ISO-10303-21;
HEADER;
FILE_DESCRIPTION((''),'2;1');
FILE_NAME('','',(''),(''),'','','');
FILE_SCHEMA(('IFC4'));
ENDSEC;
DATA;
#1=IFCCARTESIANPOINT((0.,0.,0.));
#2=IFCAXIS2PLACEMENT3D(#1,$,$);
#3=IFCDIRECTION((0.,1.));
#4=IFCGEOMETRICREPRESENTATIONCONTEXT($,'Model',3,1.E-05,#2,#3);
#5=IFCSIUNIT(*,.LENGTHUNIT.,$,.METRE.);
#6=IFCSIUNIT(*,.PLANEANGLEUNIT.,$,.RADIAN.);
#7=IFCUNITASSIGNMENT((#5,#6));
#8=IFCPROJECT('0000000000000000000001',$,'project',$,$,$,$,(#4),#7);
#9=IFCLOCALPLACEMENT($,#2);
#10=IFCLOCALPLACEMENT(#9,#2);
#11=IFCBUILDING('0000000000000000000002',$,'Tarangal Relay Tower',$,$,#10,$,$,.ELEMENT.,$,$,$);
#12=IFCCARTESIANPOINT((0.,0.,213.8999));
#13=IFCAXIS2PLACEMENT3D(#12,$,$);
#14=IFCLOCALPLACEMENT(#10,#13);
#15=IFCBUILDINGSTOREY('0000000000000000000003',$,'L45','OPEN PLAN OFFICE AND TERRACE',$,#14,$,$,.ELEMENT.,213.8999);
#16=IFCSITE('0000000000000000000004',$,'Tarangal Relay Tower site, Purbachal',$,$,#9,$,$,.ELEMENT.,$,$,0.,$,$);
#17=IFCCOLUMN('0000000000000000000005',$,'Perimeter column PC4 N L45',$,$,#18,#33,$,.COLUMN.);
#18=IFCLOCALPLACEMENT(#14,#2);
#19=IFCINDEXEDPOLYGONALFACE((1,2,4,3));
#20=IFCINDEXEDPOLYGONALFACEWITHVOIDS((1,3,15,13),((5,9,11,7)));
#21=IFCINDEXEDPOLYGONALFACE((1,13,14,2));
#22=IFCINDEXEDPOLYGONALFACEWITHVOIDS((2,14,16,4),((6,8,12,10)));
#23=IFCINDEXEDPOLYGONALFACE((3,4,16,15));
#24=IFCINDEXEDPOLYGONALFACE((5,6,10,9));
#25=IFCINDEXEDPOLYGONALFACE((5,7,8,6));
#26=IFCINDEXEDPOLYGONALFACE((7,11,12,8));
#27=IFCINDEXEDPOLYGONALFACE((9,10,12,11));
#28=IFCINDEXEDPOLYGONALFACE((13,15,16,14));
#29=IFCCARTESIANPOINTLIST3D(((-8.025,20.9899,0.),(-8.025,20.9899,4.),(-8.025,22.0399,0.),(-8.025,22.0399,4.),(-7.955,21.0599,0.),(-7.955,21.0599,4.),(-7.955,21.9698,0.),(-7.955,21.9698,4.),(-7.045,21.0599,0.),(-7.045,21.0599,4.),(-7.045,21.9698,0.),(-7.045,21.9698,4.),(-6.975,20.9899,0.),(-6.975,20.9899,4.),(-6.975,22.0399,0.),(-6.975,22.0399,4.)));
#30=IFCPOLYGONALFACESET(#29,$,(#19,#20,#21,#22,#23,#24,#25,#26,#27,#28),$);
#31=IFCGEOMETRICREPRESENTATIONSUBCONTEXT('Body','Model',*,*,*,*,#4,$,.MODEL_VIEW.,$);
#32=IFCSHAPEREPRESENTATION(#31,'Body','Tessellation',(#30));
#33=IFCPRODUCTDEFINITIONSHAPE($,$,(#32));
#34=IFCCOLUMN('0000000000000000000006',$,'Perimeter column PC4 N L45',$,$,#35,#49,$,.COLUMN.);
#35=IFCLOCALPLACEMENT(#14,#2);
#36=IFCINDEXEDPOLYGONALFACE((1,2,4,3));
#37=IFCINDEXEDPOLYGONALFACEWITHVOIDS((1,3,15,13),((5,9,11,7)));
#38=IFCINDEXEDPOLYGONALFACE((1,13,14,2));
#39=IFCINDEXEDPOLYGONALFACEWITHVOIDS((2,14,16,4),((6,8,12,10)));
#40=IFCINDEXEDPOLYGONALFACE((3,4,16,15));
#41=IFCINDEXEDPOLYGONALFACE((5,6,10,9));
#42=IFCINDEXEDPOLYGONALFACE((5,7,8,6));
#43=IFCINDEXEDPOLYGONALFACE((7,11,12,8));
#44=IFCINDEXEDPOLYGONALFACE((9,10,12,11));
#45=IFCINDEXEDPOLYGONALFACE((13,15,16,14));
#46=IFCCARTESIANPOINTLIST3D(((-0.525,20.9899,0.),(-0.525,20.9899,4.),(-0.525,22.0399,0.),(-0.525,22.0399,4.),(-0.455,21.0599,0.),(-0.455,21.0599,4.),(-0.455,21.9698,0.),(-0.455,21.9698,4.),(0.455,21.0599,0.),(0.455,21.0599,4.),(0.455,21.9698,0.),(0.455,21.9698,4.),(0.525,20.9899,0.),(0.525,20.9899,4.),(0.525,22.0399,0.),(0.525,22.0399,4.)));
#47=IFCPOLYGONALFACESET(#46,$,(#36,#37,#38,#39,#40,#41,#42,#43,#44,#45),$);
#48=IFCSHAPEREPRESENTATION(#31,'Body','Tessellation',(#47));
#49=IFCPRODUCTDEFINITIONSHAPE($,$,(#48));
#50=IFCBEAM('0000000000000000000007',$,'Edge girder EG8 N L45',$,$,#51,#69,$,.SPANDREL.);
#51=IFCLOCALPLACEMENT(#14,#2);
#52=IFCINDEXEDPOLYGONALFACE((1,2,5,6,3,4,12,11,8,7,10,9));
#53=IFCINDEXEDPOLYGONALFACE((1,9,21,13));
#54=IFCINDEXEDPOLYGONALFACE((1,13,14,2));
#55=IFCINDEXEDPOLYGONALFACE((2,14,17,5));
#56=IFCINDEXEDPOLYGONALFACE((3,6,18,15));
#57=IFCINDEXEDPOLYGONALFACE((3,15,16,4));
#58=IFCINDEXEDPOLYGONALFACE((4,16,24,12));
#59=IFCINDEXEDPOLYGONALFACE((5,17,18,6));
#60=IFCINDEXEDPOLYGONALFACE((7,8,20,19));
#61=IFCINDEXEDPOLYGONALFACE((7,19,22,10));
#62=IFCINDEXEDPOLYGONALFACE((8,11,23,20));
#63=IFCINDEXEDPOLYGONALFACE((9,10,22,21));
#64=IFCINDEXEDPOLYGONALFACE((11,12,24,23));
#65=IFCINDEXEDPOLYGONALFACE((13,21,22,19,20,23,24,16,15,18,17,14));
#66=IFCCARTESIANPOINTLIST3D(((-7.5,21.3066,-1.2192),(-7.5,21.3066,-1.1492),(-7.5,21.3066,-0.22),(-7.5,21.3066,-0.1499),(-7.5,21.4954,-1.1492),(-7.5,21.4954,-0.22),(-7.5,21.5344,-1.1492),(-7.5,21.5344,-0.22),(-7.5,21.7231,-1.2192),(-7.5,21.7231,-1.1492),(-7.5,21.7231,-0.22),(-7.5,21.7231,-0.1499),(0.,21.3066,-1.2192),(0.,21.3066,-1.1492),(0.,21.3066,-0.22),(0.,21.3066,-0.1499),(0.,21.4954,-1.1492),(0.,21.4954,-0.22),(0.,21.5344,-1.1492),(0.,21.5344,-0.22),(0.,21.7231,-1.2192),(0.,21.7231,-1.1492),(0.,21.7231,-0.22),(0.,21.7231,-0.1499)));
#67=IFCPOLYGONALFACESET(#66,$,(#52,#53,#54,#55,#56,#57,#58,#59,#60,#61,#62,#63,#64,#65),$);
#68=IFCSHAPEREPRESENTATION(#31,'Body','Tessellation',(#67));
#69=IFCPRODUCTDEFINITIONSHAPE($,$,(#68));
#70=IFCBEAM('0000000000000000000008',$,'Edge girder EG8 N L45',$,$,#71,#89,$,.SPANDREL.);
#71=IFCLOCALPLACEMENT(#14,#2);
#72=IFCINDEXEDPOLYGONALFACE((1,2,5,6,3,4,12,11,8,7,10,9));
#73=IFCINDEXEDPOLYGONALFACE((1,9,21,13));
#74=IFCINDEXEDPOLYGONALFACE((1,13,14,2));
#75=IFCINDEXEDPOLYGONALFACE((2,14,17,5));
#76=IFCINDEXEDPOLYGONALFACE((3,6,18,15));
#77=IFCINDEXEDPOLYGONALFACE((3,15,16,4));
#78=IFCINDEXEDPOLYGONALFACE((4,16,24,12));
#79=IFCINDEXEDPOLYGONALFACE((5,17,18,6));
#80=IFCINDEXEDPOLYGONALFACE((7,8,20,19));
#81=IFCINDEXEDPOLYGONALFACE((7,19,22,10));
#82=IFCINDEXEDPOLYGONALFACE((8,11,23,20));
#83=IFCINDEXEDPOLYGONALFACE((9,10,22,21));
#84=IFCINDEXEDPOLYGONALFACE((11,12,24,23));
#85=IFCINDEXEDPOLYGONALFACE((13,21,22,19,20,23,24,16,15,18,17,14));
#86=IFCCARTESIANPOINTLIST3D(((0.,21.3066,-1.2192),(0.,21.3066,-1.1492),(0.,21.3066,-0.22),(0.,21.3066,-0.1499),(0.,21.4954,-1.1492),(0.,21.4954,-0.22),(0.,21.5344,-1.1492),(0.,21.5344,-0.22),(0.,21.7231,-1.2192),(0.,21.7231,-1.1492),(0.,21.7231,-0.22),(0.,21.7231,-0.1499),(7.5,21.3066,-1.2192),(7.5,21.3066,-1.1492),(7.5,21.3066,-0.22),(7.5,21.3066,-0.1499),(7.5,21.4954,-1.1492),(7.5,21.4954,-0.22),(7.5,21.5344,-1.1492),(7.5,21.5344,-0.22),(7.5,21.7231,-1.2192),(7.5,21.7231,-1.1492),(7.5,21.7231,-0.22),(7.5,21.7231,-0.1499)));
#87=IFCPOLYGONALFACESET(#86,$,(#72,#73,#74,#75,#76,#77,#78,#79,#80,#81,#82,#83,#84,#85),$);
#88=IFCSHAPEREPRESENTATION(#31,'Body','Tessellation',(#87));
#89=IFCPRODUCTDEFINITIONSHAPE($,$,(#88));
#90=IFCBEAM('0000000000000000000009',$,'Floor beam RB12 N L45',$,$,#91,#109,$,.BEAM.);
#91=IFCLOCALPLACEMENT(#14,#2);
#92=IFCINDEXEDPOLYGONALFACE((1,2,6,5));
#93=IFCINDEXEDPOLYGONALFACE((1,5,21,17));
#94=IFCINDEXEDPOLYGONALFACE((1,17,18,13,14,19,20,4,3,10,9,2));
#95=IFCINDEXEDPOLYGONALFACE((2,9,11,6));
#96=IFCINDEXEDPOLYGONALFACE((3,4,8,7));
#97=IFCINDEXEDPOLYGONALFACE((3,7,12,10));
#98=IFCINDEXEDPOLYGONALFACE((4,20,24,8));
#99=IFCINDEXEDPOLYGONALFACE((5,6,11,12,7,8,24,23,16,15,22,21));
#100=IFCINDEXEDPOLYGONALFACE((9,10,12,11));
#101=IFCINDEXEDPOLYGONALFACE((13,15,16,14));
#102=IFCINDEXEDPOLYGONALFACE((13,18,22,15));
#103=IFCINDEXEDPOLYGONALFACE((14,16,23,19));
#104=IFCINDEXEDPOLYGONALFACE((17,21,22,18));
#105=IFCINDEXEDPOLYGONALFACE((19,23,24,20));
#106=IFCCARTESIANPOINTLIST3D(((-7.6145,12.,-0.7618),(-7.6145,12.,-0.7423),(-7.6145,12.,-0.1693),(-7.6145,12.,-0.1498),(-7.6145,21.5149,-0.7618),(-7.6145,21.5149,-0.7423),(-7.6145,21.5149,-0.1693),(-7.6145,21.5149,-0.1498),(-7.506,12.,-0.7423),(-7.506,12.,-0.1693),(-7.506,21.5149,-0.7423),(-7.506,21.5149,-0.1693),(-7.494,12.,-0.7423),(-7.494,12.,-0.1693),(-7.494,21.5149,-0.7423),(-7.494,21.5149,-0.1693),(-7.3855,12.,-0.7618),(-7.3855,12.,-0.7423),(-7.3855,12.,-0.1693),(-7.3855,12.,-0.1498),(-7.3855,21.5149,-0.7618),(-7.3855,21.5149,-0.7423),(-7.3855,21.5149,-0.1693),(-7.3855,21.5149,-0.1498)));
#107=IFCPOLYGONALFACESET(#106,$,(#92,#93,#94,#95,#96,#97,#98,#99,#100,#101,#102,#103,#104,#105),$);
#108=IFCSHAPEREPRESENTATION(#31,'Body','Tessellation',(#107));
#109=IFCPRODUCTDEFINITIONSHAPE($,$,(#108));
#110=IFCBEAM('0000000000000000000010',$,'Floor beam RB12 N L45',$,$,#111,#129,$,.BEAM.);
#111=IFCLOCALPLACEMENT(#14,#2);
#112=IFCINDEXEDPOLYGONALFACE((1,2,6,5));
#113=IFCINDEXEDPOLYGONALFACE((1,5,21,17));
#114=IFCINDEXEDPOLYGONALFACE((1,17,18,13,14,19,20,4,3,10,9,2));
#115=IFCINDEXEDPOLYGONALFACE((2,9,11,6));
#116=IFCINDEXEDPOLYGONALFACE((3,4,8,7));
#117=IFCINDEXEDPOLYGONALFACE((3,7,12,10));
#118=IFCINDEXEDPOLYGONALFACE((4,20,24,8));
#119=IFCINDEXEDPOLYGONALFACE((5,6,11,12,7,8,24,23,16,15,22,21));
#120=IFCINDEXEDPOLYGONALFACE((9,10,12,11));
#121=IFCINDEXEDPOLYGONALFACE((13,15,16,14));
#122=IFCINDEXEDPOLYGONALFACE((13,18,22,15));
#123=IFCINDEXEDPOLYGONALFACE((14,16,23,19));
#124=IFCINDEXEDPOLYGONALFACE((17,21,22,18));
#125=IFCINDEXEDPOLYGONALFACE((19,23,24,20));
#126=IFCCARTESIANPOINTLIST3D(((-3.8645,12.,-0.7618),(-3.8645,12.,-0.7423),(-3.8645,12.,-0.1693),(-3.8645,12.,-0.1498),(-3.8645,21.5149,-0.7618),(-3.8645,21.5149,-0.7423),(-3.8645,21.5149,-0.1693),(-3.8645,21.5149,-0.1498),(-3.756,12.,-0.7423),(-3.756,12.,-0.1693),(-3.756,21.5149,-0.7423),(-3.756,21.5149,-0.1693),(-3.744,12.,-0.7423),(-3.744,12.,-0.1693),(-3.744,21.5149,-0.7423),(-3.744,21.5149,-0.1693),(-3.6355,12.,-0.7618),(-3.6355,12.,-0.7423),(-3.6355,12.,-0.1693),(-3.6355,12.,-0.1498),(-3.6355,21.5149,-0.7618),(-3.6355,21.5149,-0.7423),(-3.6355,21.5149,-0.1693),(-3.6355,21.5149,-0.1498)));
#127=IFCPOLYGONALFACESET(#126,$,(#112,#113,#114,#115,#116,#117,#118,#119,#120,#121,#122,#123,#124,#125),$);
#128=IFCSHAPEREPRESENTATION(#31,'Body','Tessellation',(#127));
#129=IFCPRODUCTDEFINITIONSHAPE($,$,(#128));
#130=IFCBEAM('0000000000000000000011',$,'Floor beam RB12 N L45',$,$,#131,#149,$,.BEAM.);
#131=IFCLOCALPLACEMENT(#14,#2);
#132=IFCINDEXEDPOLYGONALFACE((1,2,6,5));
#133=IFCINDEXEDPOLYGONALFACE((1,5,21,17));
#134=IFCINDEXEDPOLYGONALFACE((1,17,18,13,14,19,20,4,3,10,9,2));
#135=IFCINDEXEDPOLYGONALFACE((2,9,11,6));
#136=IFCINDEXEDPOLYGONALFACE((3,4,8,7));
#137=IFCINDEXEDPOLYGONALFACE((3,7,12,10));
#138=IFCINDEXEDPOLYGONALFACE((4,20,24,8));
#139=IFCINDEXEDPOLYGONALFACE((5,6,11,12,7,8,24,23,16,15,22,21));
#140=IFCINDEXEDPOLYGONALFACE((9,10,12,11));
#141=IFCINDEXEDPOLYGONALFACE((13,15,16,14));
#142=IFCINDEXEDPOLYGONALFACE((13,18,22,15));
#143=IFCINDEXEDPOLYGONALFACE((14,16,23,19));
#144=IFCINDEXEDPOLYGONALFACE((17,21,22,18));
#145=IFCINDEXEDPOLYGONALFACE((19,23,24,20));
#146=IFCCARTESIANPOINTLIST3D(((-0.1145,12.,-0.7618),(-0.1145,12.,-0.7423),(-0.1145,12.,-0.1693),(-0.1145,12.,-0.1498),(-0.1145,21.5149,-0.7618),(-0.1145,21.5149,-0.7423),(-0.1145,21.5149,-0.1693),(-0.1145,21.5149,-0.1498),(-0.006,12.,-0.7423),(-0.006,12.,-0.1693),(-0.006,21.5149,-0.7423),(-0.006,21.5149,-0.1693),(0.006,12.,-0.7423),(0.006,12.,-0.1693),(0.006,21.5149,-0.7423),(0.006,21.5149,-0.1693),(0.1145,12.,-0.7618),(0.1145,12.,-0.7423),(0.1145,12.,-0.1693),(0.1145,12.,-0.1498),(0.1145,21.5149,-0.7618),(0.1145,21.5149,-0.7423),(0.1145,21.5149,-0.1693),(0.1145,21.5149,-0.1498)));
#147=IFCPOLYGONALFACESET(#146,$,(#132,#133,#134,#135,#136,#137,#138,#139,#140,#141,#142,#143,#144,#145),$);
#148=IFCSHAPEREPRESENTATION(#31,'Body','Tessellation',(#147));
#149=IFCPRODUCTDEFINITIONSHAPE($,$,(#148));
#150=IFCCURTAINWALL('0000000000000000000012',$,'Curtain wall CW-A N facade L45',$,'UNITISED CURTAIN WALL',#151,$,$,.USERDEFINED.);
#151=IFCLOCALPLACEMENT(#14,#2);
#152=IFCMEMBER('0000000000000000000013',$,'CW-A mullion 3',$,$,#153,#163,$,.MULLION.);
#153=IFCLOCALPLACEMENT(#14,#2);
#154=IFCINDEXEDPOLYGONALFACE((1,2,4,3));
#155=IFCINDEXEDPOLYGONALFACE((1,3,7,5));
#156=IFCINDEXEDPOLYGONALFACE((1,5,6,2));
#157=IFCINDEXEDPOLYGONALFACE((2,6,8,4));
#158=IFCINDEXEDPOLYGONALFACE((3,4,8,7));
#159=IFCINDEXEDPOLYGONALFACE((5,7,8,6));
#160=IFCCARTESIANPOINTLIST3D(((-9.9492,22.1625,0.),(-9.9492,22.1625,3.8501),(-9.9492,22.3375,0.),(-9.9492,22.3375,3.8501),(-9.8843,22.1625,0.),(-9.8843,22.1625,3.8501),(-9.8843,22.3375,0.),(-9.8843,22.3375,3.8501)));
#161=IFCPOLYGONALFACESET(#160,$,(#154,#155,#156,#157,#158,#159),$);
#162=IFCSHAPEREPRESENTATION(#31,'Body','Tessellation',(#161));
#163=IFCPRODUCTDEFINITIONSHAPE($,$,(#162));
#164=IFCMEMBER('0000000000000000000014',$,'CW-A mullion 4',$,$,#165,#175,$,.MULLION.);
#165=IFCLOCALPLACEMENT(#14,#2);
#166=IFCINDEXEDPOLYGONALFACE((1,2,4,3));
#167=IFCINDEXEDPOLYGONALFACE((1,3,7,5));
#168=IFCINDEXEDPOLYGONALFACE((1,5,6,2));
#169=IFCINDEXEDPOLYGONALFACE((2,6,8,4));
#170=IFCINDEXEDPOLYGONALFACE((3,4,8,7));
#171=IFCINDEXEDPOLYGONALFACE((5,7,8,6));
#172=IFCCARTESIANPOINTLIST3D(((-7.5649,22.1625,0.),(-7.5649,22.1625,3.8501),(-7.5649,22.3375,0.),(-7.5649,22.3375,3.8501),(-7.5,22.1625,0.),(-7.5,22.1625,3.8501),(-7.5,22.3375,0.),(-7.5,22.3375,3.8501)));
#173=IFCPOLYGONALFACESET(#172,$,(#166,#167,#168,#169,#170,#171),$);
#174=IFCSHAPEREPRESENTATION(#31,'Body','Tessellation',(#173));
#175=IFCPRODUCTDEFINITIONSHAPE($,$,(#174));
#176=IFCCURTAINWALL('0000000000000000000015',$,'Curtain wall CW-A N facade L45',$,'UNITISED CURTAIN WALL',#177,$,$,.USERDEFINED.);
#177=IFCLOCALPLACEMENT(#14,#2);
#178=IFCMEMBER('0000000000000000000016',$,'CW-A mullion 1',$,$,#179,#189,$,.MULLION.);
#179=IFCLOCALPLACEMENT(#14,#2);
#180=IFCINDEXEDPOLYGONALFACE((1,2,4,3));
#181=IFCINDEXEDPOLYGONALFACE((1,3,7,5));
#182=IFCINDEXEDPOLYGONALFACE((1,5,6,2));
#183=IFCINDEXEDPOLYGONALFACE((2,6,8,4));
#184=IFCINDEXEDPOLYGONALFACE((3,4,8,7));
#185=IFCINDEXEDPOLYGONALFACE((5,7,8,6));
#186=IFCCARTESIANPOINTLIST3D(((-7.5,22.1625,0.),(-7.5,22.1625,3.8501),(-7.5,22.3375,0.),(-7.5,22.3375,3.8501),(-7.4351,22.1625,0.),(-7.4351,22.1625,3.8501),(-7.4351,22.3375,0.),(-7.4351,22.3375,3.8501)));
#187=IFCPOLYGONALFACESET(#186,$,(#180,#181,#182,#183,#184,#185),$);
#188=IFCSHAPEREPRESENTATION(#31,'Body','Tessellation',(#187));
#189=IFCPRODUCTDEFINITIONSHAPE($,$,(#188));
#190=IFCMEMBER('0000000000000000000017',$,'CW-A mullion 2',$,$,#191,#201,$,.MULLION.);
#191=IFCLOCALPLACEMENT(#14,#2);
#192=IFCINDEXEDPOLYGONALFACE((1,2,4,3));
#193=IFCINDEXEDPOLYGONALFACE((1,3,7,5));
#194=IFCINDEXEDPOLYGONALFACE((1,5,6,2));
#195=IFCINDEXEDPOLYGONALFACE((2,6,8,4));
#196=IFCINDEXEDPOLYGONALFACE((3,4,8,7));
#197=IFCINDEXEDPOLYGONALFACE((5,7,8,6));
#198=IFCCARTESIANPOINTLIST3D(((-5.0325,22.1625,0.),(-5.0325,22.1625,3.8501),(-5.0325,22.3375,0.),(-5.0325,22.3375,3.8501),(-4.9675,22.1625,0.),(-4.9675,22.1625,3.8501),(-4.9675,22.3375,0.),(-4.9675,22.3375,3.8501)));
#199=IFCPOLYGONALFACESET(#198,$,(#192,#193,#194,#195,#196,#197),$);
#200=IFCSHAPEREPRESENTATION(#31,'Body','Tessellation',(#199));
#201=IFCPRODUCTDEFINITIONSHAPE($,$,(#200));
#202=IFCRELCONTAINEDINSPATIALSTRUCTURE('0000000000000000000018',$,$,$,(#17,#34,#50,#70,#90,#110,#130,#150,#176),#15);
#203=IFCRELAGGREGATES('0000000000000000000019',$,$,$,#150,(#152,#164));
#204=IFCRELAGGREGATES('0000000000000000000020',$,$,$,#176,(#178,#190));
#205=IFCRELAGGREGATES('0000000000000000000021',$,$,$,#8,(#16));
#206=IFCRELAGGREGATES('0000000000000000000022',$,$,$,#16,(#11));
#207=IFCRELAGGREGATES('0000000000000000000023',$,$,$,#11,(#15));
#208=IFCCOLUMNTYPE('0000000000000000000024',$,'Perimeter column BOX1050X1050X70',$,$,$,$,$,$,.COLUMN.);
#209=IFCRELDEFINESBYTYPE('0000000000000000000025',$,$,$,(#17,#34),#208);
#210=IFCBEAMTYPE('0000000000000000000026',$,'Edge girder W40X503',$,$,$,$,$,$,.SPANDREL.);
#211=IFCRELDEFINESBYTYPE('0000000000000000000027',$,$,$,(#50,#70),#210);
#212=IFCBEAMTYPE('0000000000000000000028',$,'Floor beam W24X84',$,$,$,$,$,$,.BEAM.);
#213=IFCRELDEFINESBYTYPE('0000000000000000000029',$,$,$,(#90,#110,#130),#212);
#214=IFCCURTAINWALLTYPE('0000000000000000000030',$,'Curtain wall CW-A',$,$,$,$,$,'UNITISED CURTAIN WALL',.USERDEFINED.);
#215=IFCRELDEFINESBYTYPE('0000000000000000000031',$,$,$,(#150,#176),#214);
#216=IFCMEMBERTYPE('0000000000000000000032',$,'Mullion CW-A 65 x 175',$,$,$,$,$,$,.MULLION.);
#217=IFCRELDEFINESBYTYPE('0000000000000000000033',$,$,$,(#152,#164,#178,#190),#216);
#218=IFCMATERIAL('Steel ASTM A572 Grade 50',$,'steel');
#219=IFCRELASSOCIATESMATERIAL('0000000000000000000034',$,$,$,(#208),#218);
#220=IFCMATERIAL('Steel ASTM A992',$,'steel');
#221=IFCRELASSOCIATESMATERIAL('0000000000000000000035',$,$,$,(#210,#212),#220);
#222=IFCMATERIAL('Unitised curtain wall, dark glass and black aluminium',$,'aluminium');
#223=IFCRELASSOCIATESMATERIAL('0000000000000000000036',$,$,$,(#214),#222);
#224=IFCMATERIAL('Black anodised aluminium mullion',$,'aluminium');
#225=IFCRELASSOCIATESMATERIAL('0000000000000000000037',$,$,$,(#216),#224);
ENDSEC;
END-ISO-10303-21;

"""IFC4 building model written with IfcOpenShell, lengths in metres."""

from ifc_helpers import new_model, si_unit, direction, frame, origin, origin_2d, place, context, subcontext, project, spatial, rectangle, hollow_rectangle, i_section, extrude, material, material_profile, profile_set, type_object, element, aggregate, save


model = new_model("IFC4")

# Units and contexts
model_context = context("Model", 3, precision=1e-05, world=origin(), true_north=direction((0.0, 1.0)))
body_context = subcontext(model_context, "Body", "Model", "MODEL_VIEW")
ifc_project = project(units=[si_unit("LENGTHUNIT", "METRE"), si_unit("PLANEANGLEUNIT", "RADIAN")], contexts=[model_context])

# Site, building, storey
site_placement = place(None, origin())
site = spatial("IfcSite", under=ifc_project, at=site_placement, Name="Tarangal Relay Tower site, Purbachal", CompositionType="ELEMENT", RefElevation=0.0)
building_placement = place(site_placement, origin())
building = spatial("IfcBuilding", under=site, at=building_placement, Name="Tarangal Relay Tower", CompositionType="ELEMENT")
storey_placement = place(building_placement, frame((0.0, 0.0, 213.8999)))
storey = spatial("IfcBuildingStorey", under=building, at=storey_placement, Name="L45", Description="OPEN PLAN OFFICE AND TERRACE", CompositionType="ELEMENT", Elevation=213.8999)

# Columns
ifc_material_1 = material(Name="Steel ASTM A572 Grade 50", Category="steel")
ifc_material_profile_1 = material_profile(ifc_material_1, hollow_rectangle(XDim=1.05, YDim=1.05, WallThickness=0.0701, at=origin_2d()), Name="BOX1050X1050X70")
ifc_profile_set_1 = profile_set([ifc_material_profile_1], Name="Steel ASTM A572 Grade 50")
column_type = type_object("IfcColumnType", Name="Perimeter column BOX1050X1050X70", PredefinedType="COLUMN", material=ifc_profile_set_1)
for number, where, z_axis, x_axis, name in (
    (1, (-7.5, 21.5149, 0.0), (0.0, 0.0, 1.0), (1.0, 0.0, 0.0), "Perimeter column PC4 N L45"),
    (2, (0.0, 21.5149, 0.0), (0.0, 0.0, 1.0), (1.0, 0.0, 0.0), "Perimeter column PC4 N L45"),
):
    element("IfcColumn", number, at=place(storey_placement, frame(where, z_axis=z_axis, x_axis=x_axis)), inside=storey, type_object=column_type, Name=name, PredefinedType="COLUMN", context=body_context, shape_type="SweptSolid", body=[
        extrude(hollow_rectangle(XDim=1.05, YDim=1.05, WallThickness=0.0701, at=origin_2d()), origin(), (0.0, 0.0, 1.0), 4.0),
    ])

# Beams
ifc_material_2 = material(Name="Steel ASTM A992", Category="steel")
ifc_material_profile_2 = material_profile(ifc_material_2, i_section(OverallWidth=0.4165, OverallDepth=1.0693, WebThickness=0.0391, FlangeThickness=0.0701, at=origin_2d()), Name="W40X503")
ifc_profile_set_2 = profile_set([ifc_material_profile_2], Name="Steel ASTM A992")
beam_type_1 = type_object("IfcBeamType", Name="Edge girder W40X503", PredefinedType="SPANDREL", material=ifc_profile_set_2)
for number, where, z_axis, x_axis, name in (
    (3, (-7.5, 21.5149, -0.6846), (1.0, 0.0, 0.0), (0.0, 1.0, 0.0), "Edge girder EG8 N L45"),
    (4, (0.0, 21.5149, -0.6846), (1.0, 0.0, 0.0), (0.0, 1.0, 0.0), "Edge girder EG8 N L45"),
):
    element("IfcBeam", number, at=place(storey_placement, frame(where, z_axis=z_axis, x_axis=x_axis)), inside=storey, type_object=beam_type_1, Name=name, PredefinedType="SPANDREL", context=body_context, shape_type="SweptSolid", body=[
        extrude(i_section(OverallWidth=0.4165, OverallDepth=1.0693, WebThickness=0.0391, FlangeThickness=0.0701, at=origin_2d()), origin(), (0.0, 0.0, 1.0), 7.5),
    ])
ifc_material_profile_3 = material_profile(ifc_material_2, i_section(OverallWidth=0.229, OverallDepth=0.6121, WebThickness=0.012, FlangeThickness=0.0195, at=origin_2d()), Name="W24X84")
ifc_profile_set_3 = profile_set([ifc_material_profile_3], Name="Steel ASTM A992")
beam_type_2 = type_object("IfcBeamType", Name="Floor beam W24X84", PredefinedType="BEAM", material=ifc_profile_set_3)
for number, where, z_axis, x_axis, name in (
    (5, (-7.5, 12.0, -0.4558), (0.0, 1.0, 0.0), (-1.0, 0.0, 0.0), "Floor beam RB12 N L45"),
    (6, (-3.75, 12.0, -0.4558), (0.0, 1.0, 0.0), (-1.0, 0.0, 0.0), "Floor beam RB12 N L45"),
    (7, (0.0, 12.0, -0.4558), (0.0, 1.0, 0.0), (-1.0, 0.0, 0.0), "Floor beam RB12 N L45"),
):
    element("IfcBeam", number, at=place(storey_placement, frame(where, z_axis=z_axis, x_axis=x_axis)), inside=storey, type_object=beam_type_2, Name=name, PredefinedType="BEAM", context=body_context, shape_type="SweptSolid", body=[
        extrude(i_section(OverallWidth=0.229, OverallDepth=0.6121, WebThickness=0.012, FlangeThickness=0.0195, at=origin_2d()), origin(), (0.0, 0.0, 1.0), 9.5149),
    ])

# Curtain walls, members
ifc_material_3 = material(Name="Unitised curtain wall, dark glass and black aluminium", Category="aluminium")
curtain_wall_type = type_object("IfcCurtainWallType", Name="Curtain wall CW-A", ElementType="UNITISED CURTAIN WALL", PredefinedType="USERDEFINED", material=ifc_material_3)
curtain_wall_1_placement = place(storey_placement, origin())
curtain_wall_1 = element("IfcCurtainWall", 8, at=curtain_wall_1_placement, inside=storey, type_object=curtain_wall_type, Name="Curtain wall CW-A N facade L45", ObjectType="UNITISED CURTAIN WALL", PredefinedType="USERDEFINED")
ifc_material_4 = material(Name="Black anodised aluminium mullion", Category="aluminium")
ifc_material_profile_4 = material_profile(ifc_material_4, rectangle(XDim=0.175, YDim=0.0649, at=origin_2d()), Name="CW-AM 65X175")
ifc_profile_set_4 = profile_set([ifc_material_profile_4], Name="Black anodised aluminium mullion")
member_type_1 = type_object("IfcMemberType", Name="Mullion CW-A 65 x 175", PredefinedType="MULLION", material=ifc_profile_set_4)
member_1_placement = place(storey_placement, frame((-9.9167, 22.25, 0.0), z_axis=(0.0, 0.0, 1.0), x_axis=(0.0, 1.0, 0.0)))
member_1 = element("IfcMember", 9, at=member_1_placement, type_object=member_type_1, Name="CW-A mullion 3", PredefinedType="MULLION", context=body_context, shape_type="SweptSolid", body=[
    extrude(rectangle(XDim=0.175, YDim=0.0649, at=origin_2d()), origin(), (0.0, 0.0, 1.0), 3.8501),
])
member_2_placement = place(storey_placement, frame((-7.5325, 22.25, 0.0), z_axis=(0.0, 0.0, 1.0), x_axis=(0.0, 1.0, 0.0)))
member_2 = element("IfcMember", 10, at=member_2_placement, type_object=member_type_1, Name="CW-A mullion 4", PredefinedType="MULLION", context=body_context, shape_type="SweptSolid", body=[
    extrude(rectangle(XDim=0.175, YDim=0.0649, at=origin_2d()), origin(), (0.0, 0.0, 1.0), 3.8501),
])
curtain_wall_2_placement = place(storey_placement, origin())
curtain_wall_2 = element("IfcCurtainWall", 11, at=curtain_wall_2_placement, inside=storey, type_object=curtain_wall_type, Name="Curtain wall CW-A N facade L45", ObjectType="UNITISED CURTAIN WALL", PredefinedType="USERDEFINED")
member_3_placement = place(storey_placement, frame((-7.4675, 22.25, 0.0), z_axis=(0.0, 0.0, 1.0), x_axis=(0.0, 1.0, 0.0)))
member_3 = element("IfcMember", 12, at=member_3_placement, type_object=member_type_1, Name="CW-A mullion 1", PredefinedType="MULLION", context=body_context, shape_type="SweptSolid", body=[
    extrude(rectangle(XDim=0.175, YDim=0.0649, at=origin_2d()), origin(), (0.0, 0.0, 1.0), 3.8501),
])
member_4_placement = place(storey_placement, frame((-5.0, 22.25, 0.0), z_axis=(0.0, 0.0, 1.0), x_axis=(0.0, 1.0, 0.0)))
member_4 = element("IfcMember", 13, at=member_4_placement, type_object=member_type_1, Name="CW-A mullion 2", PredefinedType="MULLION", context=body_context, shape_type="SweptSolid", body=[
    extrude(rectangle(XDim=0.175, YDim=0.0649, at=origin_2d()), origin(), (0.0, 0.0, 1.0), 3.8501),
])

aggregate(curtain_wall_1, [member_1, member_2])
aggregate(curtain_wall_2, [member_3, member_4])

save(model, "model.ifc")
